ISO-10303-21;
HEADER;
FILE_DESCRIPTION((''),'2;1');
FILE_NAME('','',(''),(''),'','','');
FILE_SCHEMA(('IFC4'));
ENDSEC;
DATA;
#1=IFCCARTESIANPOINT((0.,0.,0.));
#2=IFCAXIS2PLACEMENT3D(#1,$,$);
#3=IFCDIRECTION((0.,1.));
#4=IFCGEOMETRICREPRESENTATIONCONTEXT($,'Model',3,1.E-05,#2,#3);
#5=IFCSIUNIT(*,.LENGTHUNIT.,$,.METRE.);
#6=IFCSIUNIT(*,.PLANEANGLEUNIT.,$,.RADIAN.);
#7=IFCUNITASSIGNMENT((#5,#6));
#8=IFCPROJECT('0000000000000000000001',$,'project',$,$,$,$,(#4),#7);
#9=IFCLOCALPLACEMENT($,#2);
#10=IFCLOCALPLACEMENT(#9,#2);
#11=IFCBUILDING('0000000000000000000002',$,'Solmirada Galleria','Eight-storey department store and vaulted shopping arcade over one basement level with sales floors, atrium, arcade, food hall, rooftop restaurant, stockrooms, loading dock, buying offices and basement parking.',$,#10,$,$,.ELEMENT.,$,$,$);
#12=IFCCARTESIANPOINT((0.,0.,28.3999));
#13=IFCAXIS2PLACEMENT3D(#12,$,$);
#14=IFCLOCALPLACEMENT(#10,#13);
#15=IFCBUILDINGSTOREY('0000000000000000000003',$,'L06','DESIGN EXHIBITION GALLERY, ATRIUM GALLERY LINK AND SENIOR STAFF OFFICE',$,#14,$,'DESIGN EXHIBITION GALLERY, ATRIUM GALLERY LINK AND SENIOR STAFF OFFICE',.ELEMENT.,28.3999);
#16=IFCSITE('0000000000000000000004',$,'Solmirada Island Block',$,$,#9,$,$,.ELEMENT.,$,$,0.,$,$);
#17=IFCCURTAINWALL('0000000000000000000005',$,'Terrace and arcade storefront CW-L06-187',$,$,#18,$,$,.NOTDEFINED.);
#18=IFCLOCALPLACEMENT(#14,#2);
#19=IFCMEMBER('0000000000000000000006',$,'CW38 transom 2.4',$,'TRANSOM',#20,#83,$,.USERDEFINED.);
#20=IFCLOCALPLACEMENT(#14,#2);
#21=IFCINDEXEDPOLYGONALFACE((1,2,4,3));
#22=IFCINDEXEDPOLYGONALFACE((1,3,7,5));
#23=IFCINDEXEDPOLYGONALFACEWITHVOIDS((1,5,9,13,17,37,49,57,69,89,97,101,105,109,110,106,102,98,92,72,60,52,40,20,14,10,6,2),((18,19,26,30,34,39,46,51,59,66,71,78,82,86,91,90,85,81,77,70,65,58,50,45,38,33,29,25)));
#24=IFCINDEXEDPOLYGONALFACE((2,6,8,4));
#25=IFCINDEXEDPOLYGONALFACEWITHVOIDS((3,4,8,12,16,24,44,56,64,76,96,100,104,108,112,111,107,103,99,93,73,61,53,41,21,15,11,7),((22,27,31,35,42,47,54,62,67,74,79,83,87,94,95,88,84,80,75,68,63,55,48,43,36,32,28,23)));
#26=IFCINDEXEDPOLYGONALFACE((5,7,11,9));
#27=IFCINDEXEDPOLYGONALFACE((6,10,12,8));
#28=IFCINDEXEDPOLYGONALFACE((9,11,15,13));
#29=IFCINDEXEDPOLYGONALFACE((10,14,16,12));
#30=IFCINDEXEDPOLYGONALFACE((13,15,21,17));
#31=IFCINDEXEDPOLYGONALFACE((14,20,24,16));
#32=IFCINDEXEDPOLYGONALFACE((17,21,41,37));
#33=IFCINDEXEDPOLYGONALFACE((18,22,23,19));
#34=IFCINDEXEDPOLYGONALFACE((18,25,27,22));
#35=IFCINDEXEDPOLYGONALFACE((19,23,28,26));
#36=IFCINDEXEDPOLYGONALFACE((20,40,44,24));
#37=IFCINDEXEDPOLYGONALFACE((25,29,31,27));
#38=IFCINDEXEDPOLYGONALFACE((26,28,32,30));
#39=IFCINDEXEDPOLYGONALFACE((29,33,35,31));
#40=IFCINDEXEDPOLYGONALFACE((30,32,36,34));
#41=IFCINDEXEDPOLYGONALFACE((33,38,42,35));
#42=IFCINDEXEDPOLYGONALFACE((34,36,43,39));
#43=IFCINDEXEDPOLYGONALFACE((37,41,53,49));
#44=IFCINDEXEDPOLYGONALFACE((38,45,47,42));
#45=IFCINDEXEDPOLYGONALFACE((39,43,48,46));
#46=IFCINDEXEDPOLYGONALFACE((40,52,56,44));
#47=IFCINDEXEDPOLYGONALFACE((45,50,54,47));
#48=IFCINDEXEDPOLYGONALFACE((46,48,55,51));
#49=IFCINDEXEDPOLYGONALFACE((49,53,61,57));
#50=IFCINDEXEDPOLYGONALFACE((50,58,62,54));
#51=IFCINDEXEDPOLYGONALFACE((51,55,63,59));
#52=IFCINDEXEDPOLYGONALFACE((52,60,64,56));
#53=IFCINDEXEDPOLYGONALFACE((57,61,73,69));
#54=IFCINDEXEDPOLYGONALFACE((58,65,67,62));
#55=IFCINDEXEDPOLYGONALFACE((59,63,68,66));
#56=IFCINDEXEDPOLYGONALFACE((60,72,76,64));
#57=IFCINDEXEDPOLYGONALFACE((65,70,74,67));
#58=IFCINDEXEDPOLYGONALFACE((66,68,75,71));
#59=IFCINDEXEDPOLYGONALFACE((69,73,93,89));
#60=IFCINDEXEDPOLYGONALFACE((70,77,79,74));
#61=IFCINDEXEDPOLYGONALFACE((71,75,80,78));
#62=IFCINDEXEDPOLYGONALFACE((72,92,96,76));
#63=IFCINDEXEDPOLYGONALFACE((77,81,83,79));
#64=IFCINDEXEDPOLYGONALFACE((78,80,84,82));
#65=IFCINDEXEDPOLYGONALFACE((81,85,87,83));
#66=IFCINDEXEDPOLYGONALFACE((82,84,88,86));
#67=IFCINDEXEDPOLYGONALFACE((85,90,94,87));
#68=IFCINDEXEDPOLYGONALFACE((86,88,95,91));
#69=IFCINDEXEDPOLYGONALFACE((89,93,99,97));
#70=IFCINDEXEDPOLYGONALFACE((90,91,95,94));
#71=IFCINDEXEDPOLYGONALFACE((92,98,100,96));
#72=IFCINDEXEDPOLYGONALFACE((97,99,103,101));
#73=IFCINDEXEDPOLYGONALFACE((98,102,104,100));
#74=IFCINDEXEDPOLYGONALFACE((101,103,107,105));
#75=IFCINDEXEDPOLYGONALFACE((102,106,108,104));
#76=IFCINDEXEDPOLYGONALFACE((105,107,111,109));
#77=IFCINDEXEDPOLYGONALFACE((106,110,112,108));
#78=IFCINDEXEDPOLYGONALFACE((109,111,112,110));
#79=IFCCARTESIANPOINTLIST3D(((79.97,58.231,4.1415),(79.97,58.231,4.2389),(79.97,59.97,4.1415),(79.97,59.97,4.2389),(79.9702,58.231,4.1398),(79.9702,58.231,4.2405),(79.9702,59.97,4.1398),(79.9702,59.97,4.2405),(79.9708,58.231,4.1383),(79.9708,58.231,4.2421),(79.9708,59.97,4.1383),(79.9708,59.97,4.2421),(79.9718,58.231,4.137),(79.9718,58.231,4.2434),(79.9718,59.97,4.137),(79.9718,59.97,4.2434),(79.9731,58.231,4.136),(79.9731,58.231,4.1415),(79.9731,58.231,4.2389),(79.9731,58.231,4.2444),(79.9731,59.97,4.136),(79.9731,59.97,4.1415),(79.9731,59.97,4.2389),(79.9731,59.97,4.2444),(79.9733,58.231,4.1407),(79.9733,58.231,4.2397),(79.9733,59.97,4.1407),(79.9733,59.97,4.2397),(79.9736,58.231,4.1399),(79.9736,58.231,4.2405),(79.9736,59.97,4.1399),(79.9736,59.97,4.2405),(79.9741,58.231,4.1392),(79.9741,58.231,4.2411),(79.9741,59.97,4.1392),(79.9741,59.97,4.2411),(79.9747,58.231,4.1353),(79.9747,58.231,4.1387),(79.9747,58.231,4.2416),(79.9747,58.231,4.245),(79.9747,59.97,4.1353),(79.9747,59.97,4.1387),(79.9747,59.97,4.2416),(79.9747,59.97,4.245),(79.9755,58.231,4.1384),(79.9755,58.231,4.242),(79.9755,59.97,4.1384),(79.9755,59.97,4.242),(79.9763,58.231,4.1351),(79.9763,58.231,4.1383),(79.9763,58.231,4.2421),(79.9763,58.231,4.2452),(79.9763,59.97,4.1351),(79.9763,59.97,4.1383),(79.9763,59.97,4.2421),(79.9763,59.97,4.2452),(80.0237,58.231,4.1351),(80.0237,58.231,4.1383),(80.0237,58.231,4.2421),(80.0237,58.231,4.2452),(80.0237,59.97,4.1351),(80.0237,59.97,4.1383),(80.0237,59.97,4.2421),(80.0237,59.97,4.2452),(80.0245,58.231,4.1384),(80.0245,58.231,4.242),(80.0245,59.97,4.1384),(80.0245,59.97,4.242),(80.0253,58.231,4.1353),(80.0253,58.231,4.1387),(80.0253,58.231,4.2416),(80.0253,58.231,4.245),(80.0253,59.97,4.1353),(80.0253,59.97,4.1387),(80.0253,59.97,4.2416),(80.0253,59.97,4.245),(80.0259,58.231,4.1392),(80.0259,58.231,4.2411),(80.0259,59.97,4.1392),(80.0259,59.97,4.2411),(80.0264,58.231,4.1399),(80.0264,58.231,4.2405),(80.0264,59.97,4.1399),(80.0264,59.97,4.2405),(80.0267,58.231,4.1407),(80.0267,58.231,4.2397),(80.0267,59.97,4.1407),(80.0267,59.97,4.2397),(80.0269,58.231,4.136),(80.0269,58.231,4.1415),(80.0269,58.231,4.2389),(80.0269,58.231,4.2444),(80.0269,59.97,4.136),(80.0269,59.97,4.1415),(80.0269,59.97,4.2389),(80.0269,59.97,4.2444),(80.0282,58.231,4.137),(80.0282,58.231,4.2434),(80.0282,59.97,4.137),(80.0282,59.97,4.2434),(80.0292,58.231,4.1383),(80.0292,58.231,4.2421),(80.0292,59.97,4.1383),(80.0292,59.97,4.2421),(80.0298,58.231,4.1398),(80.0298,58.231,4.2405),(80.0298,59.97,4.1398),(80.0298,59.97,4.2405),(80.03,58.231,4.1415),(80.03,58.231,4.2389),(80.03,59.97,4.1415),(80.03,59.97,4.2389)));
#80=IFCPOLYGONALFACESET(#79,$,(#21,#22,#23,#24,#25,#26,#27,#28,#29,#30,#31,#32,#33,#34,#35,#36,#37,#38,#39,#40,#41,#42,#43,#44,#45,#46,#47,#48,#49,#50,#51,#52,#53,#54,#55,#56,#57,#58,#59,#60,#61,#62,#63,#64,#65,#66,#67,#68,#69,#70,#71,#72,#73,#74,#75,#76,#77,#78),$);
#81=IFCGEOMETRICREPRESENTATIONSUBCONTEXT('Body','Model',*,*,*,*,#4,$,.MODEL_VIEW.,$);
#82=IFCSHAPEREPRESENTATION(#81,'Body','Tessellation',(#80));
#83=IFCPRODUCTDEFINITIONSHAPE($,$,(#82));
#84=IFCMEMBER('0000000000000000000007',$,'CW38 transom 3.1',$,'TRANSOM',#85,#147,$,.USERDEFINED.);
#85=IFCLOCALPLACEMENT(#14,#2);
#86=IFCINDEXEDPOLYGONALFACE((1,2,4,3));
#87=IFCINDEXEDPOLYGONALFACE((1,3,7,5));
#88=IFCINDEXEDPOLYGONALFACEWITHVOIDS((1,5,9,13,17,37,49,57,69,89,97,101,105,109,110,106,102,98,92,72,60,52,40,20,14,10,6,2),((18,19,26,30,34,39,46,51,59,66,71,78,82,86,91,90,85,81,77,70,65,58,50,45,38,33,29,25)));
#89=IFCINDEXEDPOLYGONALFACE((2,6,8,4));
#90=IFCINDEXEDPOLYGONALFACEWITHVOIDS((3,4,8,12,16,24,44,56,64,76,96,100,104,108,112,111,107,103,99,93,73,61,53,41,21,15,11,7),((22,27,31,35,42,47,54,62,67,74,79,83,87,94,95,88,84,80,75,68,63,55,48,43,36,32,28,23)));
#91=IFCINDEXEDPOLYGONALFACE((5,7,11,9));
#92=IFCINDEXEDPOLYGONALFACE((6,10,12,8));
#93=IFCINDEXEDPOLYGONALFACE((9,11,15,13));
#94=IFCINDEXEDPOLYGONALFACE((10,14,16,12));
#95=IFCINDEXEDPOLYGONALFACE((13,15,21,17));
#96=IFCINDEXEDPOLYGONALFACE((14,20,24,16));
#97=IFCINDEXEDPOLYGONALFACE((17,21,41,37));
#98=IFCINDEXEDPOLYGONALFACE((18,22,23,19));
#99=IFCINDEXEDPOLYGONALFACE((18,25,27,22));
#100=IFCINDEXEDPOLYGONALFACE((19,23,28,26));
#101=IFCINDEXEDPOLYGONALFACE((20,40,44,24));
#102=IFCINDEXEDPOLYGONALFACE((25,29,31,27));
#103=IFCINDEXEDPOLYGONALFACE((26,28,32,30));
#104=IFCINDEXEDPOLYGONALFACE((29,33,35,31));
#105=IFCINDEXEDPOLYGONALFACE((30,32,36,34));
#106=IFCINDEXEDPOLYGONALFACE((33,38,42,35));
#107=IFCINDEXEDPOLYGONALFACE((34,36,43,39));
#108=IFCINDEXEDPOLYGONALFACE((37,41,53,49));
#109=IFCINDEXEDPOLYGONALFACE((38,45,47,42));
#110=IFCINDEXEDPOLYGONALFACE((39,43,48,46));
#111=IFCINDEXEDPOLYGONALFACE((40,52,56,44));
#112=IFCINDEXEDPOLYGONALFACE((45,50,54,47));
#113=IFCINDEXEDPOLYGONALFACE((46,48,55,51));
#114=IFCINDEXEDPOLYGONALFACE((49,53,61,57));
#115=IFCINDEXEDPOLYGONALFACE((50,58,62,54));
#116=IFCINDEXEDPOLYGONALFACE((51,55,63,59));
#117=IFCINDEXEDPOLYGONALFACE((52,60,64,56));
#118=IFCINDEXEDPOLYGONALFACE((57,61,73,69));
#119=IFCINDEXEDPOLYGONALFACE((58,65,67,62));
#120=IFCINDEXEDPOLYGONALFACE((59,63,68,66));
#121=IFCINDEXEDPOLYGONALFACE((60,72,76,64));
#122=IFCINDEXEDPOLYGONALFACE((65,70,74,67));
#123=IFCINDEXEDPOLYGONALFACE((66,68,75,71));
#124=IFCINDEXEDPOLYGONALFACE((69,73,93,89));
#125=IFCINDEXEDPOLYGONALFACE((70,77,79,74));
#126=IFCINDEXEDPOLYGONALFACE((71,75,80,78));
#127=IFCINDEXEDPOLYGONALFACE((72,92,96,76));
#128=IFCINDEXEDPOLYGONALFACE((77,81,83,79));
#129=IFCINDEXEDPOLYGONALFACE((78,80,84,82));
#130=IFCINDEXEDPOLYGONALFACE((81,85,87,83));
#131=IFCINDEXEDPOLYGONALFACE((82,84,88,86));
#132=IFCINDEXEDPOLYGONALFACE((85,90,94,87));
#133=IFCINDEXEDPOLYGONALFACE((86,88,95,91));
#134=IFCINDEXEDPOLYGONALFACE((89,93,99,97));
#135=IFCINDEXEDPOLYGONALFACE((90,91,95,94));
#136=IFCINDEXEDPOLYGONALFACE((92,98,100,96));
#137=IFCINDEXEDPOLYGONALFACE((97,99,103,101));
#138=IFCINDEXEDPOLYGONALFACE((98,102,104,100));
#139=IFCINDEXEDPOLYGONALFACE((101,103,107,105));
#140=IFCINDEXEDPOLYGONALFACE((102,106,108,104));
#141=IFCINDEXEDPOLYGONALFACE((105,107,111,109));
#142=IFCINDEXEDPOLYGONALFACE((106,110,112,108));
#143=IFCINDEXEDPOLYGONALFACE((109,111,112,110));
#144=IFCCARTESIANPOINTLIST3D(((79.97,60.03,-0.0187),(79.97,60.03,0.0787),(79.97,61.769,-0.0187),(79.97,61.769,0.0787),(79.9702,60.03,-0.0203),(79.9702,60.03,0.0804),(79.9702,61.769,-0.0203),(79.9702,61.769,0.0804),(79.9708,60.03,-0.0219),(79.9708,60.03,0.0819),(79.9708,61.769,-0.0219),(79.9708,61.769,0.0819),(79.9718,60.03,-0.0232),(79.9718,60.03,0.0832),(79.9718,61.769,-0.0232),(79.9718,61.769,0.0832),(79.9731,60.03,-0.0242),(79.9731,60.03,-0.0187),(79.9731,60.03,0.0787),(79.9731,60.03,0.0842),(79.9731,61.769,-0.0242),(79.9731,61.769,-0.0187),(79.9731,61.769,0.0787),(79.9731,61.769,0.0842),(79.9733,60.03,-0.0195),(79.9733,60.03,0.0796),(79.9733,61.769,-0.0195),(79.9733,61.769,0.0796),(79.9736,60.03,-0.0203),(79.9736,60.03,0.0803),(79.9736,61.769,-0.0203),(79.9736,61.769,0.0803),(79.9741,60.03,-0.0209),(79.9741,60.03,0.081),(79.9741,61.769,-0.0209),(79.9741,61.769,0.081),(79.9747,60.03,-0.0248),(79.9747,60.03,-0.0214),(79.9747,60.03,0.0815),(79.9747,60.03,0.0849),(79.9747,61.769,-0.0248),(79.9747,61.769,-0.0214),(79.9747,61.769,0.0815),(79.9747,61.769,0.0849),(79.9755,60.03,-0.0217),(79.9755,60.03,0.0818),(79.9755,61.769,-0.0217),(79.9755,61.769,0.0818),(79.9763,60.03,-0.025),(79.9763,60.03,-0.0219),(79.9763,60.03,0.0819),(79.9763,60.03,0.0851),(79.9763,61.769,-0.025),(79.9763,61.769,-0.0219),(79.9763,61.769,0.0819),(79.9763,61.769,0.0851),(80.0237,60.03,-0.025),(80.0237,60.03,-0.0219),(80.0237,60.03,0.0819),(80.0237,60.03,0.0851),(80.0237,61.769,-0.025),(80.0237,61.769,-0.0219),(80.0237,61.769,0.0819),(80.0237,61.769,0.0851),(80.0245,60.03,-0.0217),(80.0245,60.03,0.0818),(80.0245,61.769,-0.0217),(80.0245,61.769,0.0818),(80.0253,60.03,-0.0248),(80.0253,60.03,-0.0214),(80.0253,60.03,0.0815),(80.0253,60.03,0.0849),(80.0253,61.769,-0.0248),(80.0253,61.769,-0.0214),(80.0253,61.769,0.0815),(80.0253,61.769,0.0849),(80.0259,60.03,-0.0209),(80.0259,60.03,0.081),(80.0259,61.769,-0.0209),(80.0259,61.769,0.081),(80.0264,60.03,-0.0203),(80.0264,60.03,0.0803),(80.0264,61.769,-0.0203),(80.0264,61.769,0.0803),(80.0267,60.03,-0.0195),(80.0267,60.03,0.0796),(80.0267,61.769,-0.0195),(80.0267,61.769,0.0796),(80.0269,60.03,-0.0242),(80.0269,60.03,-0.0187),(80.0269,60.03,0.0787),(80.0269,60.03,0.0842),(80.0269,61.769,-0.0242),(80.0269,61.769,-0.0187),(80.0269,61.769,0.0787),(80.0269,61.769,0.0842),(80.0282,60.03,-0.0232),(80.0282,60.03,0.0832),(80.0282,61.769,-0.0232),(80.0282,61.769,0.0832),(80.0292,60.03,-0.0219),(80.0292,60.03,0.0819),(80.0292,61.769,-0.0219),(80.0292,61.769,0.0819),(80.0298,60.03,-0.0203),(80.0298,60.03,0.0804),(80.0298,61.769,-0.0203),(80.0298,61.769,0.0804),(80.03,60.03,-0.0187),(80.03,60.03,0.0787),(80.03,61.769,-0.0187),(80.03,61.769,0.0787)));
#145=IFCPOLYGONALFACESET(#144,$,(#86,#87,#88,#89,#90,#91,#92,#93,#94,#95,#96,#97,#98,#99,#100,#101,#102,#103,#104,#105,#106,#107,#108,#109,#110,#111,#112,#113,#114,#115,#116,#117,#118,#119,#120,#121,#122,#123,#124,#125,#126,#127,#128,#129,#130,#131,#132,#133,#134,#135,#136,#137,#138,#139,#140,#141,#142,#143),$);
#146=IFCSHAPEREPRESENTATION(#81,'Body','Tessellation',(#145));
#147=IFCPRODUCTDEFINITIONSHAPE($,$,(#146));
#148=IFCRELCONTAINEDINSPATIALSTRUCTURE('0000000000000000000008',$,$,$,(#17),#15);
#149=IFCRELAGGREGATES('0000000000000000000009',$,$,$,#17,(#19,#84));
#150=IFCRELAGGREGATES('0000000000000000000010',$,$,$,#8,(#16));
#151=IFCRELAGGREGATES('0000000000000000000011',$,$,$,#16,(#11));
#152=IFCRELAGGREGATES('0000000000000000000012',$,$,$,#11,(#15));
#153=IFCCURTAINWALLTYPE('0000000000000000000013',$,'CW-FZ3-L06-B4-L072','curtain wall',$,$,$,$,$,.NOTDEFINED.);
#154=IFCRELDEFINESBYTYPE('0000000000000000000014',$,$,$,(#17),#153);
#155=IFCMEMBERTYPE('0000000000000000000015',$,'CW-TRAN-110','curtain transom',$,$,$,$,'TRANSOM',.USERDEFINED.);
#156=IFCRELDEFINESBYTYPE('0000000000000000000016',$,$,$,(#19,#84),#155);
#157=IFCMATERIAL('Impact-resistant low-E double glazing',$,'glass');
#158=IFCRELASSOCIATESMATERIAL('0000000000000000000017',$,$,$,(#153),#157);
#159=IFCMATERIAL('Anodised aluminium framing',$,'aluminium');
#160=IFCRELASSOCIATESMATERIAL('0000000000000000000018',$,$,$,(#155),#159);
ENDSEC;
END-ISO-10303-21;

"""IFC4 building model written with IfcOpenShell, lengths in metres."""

from ifc_helpers import new_model, si_unit, direction, frame, origin, origin_2d, place, context, subcontext, project, spatial, hollow_rectangle, extrude, material, material_profile, profile_set, type_object, element, aggregate, save


model = new_model("IFC4")

# Units and contexts
model_context = context("Model", 3, precision=1e-05, world=origin(), true_north=direction((0.0, 1.0)))
body_context = subcontext(model_context, "Body", "Model", "MODEL_VIEW")
ifc_project = project(units=[si_unit("LENGTHUNIT", "METRE"), si_unit("PLANEANGLEUNIT", "RADIAN")], contexts=[model_context])

# Site, building, storey
site_placement = place(None, origin())
site = spatial("IfcSite", under=ifc_project, at=site_placement, Name="Solmirada Island Block", CompositionType="ELEMENT", RefElevation=0.0)
building_placement = place(site_placement, origin())
building = spatial("IfcBuilding", under=site, at=building_placement, Name="Solmirada Galleria", Description="Eight-storey department store and vaulted shopping arcade over one basement level with sales floors, atrium, arcade, food hall, rooftop restaurant, stockrooms, loading dock, buying offices and basement parking.", CompositionType="ELEMENT")
storey_placement = place(building_placement, frame((0.0, 0.0, 28.3999)))
storey = spatial("IfcBuildingStorey", under=building, at=storey_placement, Name="L06", Description="DESIGN EXHIBITION GALLERY, ATRIUM GALLERY LINK AND SENIOR STAFF OFFICE", LongName="DESIGN EXHIBITION GALLERY, ATRIUM GALLERY LINK AND SENIOR STAFF OFFICE", CompositionType="ELEMENT", Elevation=28.3999)

# Shared definitions
ifc_material_1 = material(Name="Impact-resistant low-E double glazing", Category="glass")
curtain_wall_type = type_object("IfcCurtainWallType", Name="CW-FZ3-L06-B4-L072", Description="curtain wall", PredefinedType="NOTDEFINED", material=ifc_material_1)
ifc_material_2 = material(Name="Anodised aluminium framing", Category="aluminium")

# Curtain wall, members
curtain_wall_1_placement = place(storey_placement, origin())
curtain_wall_1 = element("IfcCurtainWall", 1, at=curtain_wall_1_placement, inside=storey, type_object=curtain_wall_type, Name="Terrace and arcade storefront CW-L06-187", PredefinedType="NOTDEFINED")
ifc_material_profile_1 = material_profile(ifc_material_2, hollow_rectangle(XDim=0.0601, YDim=0.1101, WallThickness=0.0032, InnerFilletRadius=0.0032, OuterFilletRadius=0.0063, at=origin_2d()), Name="ALU-TRAN-110X60")
ifc_profile_set_1 = profile_set([ifc_material_profile_1], Name="Anodised aluminium framing")
member_type_1 = type_object("IfcMemberType", Name="CW-TRAN-110", Description="curtain transom", ElementType="TRANSOM", PredefinedType="USERDEFINED", material=ifc_profile_set_1)
member_1_placement = place(storey_placement, frame((80.0, 58.231, 4.1902), z_axis=(0.0, 1.0, 0.0), x_axis=(-1.0, 0.0, 0.0)))
member_1 = element("IfcMember", 2, at=member_1_placement, type_object=member_type_1, Name="CW38 transom 2.4", ObjectType="TRANSOM", PredefinedType="USERDEFINED", context=body_context, shape_type="SweptSolid", body=[
    extrude(hollow_rectangle(XDim=0.0601, YDim=0.1101, WallThickness=0.0032, InnerFilletRadius=0.0032, OuterFilletRadius=0.0063, at=origin_2d()), origin(), (0.0, 0.0, 1.0), 1.739),
])
member_2_placement = place(storey_placement, frame((80.0, 60.03, 0.03), z_axis=(0.0, 1.0, 0.0), x_axis=(-1.0, 0.0, 0.0)))
member_2 = element("IfcMember", 3, at=member_2_placement, type_object=member_type_1, Name="CW38 transom 3.1", ObjectType="TRANSOM", PredefinedType="USERDEFINED", context=body_context, shape_type="SweptSolid", body=[
    extrude(hollow_rectangle(XDim=0.0601, YDim=0.1101, WallThickness=0.0032, InnerFilletRadius=0.0032, OuterFilletRadius=0.0063, at=origin_2d()), origin(), (0.0, 0.0, 1.0), 1.739),
])

aggregate(curtain_wall_1, [member_1, member_2])

save(model, "model.ifc")
